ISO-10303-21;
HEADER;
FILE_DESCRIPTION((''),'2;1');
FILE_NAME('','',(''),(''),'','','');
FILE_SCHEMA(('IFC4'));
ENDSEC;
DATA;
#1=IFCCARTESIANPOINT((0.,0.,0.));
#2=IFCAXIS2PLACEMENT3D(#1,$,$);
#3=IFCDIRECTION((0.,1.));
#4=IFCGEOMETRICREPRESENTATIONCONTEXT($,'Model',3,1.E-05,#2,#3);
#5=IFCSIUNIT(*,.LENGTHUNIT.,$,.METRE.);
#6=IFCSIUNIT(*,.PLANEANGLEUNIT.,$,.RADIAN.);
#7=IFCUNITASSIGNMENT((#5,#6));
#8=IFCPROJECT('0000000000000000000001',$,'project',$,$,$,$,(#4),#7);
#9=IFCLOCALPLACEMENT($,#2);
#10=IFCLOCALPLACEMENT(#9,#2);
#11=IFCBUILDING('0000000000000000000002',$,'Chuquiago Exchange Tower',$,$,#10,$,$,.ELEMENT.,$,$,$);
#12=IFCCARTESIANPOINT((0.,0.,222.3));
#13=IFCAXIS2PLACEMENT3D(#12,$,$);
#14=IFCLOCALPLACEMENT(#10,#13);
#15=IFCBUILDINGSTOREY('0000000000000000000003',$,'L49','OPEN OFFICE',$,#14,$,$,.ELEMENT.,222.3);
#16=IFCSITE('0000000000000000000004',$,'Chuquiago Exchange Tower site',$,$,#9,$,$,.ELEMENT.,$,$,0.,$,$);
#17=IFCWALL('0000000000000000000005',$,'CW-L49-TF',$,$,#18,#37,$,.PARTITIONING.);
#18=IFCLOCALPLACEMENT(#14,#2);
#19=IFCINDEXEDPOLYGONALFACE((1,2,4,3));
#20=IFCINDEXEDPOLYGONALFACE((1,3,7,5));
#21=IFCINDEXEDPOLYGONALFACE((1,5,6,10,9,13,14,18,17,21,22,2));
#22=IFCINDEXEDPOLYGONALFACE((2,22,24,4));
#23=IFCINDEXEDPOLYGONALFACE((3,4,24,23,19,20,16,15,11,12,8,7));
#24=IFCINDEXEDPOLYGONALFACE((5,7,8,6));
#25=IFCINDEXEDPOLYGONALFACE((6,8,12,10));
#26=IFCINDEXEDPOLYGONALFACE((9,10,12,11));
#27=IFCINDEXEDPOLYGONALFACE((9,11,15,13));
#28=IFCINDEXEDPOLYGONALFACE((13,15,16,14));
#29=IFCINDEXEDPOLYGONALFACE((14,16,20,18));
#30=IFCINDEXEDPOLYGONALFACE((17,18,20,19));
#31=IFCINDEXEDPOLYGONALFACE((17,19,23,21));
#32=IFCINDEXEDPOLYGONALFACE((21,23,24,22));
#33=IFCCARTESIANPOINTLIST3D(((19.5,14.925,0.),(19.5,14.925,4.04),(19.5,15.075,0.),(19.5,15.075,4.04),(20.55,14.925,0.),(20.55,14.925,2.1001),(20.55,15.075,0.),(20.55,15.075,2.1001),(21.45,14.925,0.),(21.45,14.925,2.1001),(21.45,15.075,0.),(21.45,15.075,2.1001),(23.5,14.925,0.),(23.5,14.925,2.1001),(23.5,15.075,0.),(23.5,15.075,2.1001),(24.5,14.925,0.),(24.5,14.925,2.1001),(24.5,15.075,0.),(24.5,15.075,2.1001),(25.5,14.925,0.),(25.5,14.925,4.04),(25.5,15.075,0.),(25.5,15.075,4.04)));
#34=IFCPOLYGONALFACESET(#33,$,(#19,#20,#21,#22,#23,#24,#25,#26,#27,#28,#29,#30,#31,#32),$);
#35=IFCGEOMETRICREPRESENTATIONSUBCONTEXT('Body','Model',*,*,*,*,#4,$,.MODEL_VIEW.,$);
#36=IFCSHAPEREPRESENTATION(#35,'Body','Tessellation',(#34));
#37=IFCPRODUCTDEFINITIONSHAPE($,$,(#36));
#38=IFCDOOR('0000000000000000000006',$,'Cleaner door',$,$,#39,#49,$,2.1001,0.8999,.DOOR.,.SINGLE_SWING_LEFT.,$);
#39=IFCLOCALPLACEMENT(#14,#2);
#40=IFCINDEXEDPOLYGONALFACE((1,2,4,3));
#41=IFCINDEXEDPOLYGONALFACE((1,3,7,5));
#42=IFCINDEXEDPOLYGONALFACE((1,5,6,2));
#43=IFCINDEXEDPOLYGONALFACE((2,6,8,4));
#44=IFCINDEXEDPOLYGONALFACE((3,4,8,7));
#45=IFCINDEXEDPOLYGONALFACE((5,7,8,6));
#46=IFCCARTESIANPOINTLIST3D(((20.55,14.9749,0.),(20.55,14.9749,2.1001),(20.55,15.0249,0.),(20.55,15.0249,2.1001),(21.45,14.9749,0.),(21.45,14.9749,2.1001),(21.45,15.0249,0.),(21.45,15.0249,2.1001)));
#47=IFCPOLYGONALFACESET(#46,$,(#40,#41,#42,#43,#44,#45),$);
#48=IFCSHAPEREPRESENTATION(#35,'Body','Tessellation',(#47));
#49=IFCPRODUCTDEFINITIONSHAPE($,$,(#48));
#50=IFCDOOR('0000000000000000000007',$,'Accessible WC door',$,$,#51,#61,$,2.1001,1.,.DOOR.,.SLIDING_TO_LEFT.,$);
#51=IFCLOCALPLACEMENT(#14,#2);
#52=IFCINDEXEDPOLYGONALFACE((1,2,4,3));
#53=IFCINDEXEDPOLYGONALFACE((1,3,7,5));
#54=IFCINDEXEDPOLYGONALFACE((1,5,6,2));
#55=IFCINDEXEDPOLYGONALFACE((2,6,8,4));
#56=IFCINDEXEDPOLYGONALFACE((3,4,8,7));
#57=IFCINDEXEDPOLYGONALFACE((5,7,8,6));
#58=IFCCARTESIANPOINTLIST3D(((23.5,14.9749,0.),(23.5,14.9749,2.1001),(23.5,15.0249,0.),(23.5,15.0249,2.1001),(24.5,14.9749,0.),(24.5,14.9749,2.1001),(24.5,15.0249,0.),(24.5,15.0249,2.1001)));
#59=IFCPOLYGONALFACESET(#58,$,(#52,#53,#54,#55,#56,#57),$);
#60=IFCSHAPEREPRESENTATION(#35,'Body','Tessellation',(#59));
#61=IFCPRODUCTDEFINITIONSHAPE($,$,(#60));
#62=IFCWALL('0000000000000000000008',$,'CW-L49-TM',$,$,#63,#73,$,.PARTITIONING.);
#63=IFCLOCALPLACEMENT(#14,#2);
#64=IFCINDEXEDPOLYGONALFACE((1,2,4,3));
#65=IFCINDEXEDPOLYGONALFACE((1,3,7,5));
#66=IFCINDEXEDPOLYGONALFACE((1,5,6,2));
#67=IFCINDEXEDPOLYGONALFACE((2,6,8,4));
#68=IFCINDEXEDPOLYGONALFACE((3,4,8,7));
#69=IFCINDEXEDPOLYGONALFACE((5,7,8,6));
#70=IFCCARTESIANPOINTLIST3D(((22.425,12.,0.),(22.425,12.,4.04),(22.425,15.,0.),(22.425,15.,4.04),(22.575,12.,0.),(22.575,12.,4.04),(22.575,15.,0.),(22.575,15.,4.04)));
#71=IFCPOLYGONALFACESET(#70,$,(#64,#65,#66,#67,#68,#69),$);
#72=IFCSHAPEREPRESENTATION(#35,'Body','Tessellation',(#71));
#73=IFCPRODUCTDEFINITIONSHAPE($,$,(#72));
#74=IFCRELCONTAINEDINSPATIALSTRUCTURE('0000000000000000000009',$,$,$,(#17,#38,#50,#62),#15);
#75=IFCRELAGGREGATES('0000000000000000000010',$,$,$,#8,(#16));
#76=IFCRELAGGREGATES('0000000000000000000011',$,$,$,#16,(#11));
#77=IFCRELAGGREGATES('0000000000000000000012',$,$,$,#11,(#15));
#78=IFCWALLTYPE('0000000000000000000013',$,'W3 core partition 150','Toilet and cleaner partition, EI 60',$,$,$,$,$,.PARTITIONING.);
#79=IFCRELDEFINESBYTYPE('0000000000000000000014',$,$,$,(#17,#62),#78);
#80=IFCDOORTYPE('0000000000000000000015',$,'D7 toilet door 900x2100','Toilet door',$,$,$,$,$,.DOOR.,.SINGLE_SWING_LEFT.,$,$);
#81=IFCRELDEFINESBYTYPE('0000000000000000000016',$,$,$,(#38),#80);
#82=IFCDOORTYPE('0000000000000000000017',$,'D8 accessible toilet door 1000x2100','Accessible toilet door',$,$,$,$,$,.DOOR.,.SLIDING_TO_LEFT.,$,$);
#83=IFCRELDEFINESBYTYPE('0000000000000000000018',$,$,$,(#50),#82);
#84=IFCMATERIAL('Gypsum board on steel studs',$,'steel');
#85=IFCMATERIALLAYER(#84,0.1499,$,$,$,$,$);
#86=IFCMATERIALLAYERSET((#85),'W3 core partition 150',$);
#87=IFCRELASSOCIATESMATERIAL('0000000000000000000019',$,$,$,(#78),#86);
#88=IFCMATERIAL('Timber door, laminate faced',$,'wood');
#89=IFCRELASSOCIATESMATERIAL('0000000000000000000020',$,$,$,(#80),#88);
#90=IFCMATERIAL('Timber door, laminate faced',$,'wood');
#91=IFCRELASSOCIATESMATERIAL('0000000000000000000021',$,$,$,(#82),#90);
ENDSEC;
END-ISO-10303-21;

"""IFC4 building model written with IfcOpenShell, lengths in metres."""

from ifc_helpers import new_model, si_unit, direction, frame, frame_2d, origin, place, context, subcontext, project, spatial, rectangle, extrude, material, layer, layer_set, type_object, element, fill, save


model = new_model("IFC4")

# Units and contexts
model_context = context("Model", 3, precision=1e-05, world=origin(), true_north=direction((0.0, 1.0)))
body_context = subcontext(model_context, "Body", "Model", "MODEL_VIEW")
ifc_project = project(units=[si_unit("LENGTHUNIT", "METRE"), si_unit("PLANEANGLEUNIT", "RADIAN")], contexts=[model_context])

# Site, building, storey
site_placement = place(None, origin())
site = spatial("IfcSite", under=ifc_project, at=site_placement, Name="Chuquiago Exchange Tower site", CompositionType="ELEMENT", RefElevation=0.0)
building_placement = place(site_placement, origin())
building = spatial("IfcBuilding", under=site, at=building_placement, Name="Chuquiago Exchange Tower", CompositionType="ELEMENT")
storey_placement = place(building_placement, frame((0.0, 0.0, 222.3)))
storey = spatial("IfcBuildingStorey", under=building, at=storey_placement, Name="L49", Description="OPEN OFFICE", CompositionType="ELEMENT", Elevation=222.3)

# Wall, openings, doors
ifc_material_1 = material(Name="Gypsum board on steel studs", Category="steel")
ifc_layer_1 = layer(ifc_material_1, 0.1499)
ifc_layer_set_1 = layer_set([ifc_layer_1], Name="W3 core partition 150")
wall_type_1 = type_object("IfcWallType", Name="W3 core partition 150", Description="Toilet and cleaner partition, EI 60", PredefinedType="PARTITIONING", material=ifc_layer_set_1)
wall_1_placement = place(storey_placement, frame((19.5, 15.0, 0.0), z_axis=(0.0, 0.0, 1.0), x_axis=(1.0, 0.0, 0.0)))
wall_1 = element("IfcWall", 1, at=wall_1_placement, inside=storey, type_object=wall_type_1, Name="CW-L49-TF", PredefinedType="PARTITIONING", context=body_context, shape_type="SweptSolid", body=[
    extrude(rectangle(XDim=6.0, YDim=0.1499, at=frame_2d((3.0, 0.0))), origin(), (0.0, 0.0, 1.0), 4.04),
])
opening_1_placement = place(wall_1_placement, frame((4.0, 0.0, 0.0)))
opening_1 = element("IfcOpeningElement", 2, at=opening_1_placement, cuts=wall_1, PredefinedType="OPENING", context=body_context, shape_type="SweptSolid", body=[
    extrude(rectangle(XDim=1.0, YDim=2.1001, at=frame_2d((0.5, 1.05))), frame((0.0, 0.085, 0.0), z_axis=(0.0, -1.0, 0.0), x_axis=(1.0, 0.0, 0.0)), (0.0, 0.0, 1.0), 0.1699),
])
opening_2_placement = place(wall_1_placement, frame((1.05, 0.0, 0.0)))
opening_2 = element("IfcOpeningElement", 3, at=opening_2_placement, cuts=wall_1, PredefinedType="OPENING", context=body_context, shape_type="SweptSolid", body=[
    extrude(rectangle(XDim=0.8999, YDim=2.1001, at=frame_2d((0.45, 1.05))), frame((0.0, 0.085, 0.0), z_axis=(0.0, -1.0, 0.0), x_axis=(1.0, 0.0, 0.0)), (0.0, 0.0, 1.0), 0.1699),
])
ifc_material_2 = material(Name="Timber door, laminate faced", Category="wood")
door_type_1 = type_object("IfcDoorType", Name="D7 toilet door 900x2100", Description="Toilet door", OperationType="SINGLE_SWING_LEFT", PredefinedType="DOOR", material=ifc_material_2)
door_1_placement = place(opening_2_placement, origin())
door_1 = element("IfcDoor", 4, at=door_1_placement, inside=storey, type_object=door_type_1, Name="Cleaner door", OperationType="SINGLE_SWING_LEFT", OverallHeight=2.1001, OverallWidth=0.8999, PredefinedType="DOOR", context=body_context, shape_type="SweptSolid", body=[
    extrude(rectangle(XDim=0.8999, YDim=2.1001, at=frame_2d((0.45, 1.05))), frame((0.0, 0.0249, 0.0), z_axis=(0.0, -1.0, 0.0), x_axis=(1.0, 0.0, 0.0)), (0.0, 0.0, 1.0), 0.05),
])
fill(opening_2, door_1)
ifc_material_3 = material(Name="Timber door, laminate faced", Category="wood")
door_type_2 = type_object("IfcDoorType", Name="D8 accessible toilet door 1000x2100", Description="Accessible toilet door", OperationType="SLIDING_TO_LEFT", PredefinedType="DOOR", material=ifc_material_3)
door_2_placement = place(opening_1_placement, origin())
door_2 = element("IfcDoor", 5, at=door_2_placement, inside=storey, type_object=door_type_2, Name="Accessible WC door", OperationType="SLIDING_TO_LEFT", OverallHeight=2.1001, OverallWidth=1.0, PredefinedType="DOOR", context=body_context, shape_type="SweptSolid", body=[
    extrude(rectangle(XDim=1.0, YDim=2.1001, at=frame_2d((0.5, 1.05))), frame((0.0, 0.0249, 0.0), z_axis=(0.0, -1.0, 0.0), x_axis=(1.0, 0.0, 0.0)), (0.0, 0.0, 1.0), 0.05),
])
fill(opening_1, door_2)

# Wall
wall_2_placement = place(storey_placement, frame((22.5, 15.0, 0.0), z_axis=(0.0, 0.0, 1.0), x_axis=(0.0, -1.0, 0.0)))
element("IfcWall", 6, at=wall_2_placement, inside=storey, type_object=wall_type_1, Name="CW-L49-TM", PredefinedType="PARTITIONING", context=body_context, shape_type="SweptSolid", body=[
    extrude(rectangle(XDim=3.0, YDim=0.1499, at=frame_2d((1.5, 0.0))), origin(), (0.0, 0.0, 1.0), 4.04),
])

save(model, "model.ifc")
